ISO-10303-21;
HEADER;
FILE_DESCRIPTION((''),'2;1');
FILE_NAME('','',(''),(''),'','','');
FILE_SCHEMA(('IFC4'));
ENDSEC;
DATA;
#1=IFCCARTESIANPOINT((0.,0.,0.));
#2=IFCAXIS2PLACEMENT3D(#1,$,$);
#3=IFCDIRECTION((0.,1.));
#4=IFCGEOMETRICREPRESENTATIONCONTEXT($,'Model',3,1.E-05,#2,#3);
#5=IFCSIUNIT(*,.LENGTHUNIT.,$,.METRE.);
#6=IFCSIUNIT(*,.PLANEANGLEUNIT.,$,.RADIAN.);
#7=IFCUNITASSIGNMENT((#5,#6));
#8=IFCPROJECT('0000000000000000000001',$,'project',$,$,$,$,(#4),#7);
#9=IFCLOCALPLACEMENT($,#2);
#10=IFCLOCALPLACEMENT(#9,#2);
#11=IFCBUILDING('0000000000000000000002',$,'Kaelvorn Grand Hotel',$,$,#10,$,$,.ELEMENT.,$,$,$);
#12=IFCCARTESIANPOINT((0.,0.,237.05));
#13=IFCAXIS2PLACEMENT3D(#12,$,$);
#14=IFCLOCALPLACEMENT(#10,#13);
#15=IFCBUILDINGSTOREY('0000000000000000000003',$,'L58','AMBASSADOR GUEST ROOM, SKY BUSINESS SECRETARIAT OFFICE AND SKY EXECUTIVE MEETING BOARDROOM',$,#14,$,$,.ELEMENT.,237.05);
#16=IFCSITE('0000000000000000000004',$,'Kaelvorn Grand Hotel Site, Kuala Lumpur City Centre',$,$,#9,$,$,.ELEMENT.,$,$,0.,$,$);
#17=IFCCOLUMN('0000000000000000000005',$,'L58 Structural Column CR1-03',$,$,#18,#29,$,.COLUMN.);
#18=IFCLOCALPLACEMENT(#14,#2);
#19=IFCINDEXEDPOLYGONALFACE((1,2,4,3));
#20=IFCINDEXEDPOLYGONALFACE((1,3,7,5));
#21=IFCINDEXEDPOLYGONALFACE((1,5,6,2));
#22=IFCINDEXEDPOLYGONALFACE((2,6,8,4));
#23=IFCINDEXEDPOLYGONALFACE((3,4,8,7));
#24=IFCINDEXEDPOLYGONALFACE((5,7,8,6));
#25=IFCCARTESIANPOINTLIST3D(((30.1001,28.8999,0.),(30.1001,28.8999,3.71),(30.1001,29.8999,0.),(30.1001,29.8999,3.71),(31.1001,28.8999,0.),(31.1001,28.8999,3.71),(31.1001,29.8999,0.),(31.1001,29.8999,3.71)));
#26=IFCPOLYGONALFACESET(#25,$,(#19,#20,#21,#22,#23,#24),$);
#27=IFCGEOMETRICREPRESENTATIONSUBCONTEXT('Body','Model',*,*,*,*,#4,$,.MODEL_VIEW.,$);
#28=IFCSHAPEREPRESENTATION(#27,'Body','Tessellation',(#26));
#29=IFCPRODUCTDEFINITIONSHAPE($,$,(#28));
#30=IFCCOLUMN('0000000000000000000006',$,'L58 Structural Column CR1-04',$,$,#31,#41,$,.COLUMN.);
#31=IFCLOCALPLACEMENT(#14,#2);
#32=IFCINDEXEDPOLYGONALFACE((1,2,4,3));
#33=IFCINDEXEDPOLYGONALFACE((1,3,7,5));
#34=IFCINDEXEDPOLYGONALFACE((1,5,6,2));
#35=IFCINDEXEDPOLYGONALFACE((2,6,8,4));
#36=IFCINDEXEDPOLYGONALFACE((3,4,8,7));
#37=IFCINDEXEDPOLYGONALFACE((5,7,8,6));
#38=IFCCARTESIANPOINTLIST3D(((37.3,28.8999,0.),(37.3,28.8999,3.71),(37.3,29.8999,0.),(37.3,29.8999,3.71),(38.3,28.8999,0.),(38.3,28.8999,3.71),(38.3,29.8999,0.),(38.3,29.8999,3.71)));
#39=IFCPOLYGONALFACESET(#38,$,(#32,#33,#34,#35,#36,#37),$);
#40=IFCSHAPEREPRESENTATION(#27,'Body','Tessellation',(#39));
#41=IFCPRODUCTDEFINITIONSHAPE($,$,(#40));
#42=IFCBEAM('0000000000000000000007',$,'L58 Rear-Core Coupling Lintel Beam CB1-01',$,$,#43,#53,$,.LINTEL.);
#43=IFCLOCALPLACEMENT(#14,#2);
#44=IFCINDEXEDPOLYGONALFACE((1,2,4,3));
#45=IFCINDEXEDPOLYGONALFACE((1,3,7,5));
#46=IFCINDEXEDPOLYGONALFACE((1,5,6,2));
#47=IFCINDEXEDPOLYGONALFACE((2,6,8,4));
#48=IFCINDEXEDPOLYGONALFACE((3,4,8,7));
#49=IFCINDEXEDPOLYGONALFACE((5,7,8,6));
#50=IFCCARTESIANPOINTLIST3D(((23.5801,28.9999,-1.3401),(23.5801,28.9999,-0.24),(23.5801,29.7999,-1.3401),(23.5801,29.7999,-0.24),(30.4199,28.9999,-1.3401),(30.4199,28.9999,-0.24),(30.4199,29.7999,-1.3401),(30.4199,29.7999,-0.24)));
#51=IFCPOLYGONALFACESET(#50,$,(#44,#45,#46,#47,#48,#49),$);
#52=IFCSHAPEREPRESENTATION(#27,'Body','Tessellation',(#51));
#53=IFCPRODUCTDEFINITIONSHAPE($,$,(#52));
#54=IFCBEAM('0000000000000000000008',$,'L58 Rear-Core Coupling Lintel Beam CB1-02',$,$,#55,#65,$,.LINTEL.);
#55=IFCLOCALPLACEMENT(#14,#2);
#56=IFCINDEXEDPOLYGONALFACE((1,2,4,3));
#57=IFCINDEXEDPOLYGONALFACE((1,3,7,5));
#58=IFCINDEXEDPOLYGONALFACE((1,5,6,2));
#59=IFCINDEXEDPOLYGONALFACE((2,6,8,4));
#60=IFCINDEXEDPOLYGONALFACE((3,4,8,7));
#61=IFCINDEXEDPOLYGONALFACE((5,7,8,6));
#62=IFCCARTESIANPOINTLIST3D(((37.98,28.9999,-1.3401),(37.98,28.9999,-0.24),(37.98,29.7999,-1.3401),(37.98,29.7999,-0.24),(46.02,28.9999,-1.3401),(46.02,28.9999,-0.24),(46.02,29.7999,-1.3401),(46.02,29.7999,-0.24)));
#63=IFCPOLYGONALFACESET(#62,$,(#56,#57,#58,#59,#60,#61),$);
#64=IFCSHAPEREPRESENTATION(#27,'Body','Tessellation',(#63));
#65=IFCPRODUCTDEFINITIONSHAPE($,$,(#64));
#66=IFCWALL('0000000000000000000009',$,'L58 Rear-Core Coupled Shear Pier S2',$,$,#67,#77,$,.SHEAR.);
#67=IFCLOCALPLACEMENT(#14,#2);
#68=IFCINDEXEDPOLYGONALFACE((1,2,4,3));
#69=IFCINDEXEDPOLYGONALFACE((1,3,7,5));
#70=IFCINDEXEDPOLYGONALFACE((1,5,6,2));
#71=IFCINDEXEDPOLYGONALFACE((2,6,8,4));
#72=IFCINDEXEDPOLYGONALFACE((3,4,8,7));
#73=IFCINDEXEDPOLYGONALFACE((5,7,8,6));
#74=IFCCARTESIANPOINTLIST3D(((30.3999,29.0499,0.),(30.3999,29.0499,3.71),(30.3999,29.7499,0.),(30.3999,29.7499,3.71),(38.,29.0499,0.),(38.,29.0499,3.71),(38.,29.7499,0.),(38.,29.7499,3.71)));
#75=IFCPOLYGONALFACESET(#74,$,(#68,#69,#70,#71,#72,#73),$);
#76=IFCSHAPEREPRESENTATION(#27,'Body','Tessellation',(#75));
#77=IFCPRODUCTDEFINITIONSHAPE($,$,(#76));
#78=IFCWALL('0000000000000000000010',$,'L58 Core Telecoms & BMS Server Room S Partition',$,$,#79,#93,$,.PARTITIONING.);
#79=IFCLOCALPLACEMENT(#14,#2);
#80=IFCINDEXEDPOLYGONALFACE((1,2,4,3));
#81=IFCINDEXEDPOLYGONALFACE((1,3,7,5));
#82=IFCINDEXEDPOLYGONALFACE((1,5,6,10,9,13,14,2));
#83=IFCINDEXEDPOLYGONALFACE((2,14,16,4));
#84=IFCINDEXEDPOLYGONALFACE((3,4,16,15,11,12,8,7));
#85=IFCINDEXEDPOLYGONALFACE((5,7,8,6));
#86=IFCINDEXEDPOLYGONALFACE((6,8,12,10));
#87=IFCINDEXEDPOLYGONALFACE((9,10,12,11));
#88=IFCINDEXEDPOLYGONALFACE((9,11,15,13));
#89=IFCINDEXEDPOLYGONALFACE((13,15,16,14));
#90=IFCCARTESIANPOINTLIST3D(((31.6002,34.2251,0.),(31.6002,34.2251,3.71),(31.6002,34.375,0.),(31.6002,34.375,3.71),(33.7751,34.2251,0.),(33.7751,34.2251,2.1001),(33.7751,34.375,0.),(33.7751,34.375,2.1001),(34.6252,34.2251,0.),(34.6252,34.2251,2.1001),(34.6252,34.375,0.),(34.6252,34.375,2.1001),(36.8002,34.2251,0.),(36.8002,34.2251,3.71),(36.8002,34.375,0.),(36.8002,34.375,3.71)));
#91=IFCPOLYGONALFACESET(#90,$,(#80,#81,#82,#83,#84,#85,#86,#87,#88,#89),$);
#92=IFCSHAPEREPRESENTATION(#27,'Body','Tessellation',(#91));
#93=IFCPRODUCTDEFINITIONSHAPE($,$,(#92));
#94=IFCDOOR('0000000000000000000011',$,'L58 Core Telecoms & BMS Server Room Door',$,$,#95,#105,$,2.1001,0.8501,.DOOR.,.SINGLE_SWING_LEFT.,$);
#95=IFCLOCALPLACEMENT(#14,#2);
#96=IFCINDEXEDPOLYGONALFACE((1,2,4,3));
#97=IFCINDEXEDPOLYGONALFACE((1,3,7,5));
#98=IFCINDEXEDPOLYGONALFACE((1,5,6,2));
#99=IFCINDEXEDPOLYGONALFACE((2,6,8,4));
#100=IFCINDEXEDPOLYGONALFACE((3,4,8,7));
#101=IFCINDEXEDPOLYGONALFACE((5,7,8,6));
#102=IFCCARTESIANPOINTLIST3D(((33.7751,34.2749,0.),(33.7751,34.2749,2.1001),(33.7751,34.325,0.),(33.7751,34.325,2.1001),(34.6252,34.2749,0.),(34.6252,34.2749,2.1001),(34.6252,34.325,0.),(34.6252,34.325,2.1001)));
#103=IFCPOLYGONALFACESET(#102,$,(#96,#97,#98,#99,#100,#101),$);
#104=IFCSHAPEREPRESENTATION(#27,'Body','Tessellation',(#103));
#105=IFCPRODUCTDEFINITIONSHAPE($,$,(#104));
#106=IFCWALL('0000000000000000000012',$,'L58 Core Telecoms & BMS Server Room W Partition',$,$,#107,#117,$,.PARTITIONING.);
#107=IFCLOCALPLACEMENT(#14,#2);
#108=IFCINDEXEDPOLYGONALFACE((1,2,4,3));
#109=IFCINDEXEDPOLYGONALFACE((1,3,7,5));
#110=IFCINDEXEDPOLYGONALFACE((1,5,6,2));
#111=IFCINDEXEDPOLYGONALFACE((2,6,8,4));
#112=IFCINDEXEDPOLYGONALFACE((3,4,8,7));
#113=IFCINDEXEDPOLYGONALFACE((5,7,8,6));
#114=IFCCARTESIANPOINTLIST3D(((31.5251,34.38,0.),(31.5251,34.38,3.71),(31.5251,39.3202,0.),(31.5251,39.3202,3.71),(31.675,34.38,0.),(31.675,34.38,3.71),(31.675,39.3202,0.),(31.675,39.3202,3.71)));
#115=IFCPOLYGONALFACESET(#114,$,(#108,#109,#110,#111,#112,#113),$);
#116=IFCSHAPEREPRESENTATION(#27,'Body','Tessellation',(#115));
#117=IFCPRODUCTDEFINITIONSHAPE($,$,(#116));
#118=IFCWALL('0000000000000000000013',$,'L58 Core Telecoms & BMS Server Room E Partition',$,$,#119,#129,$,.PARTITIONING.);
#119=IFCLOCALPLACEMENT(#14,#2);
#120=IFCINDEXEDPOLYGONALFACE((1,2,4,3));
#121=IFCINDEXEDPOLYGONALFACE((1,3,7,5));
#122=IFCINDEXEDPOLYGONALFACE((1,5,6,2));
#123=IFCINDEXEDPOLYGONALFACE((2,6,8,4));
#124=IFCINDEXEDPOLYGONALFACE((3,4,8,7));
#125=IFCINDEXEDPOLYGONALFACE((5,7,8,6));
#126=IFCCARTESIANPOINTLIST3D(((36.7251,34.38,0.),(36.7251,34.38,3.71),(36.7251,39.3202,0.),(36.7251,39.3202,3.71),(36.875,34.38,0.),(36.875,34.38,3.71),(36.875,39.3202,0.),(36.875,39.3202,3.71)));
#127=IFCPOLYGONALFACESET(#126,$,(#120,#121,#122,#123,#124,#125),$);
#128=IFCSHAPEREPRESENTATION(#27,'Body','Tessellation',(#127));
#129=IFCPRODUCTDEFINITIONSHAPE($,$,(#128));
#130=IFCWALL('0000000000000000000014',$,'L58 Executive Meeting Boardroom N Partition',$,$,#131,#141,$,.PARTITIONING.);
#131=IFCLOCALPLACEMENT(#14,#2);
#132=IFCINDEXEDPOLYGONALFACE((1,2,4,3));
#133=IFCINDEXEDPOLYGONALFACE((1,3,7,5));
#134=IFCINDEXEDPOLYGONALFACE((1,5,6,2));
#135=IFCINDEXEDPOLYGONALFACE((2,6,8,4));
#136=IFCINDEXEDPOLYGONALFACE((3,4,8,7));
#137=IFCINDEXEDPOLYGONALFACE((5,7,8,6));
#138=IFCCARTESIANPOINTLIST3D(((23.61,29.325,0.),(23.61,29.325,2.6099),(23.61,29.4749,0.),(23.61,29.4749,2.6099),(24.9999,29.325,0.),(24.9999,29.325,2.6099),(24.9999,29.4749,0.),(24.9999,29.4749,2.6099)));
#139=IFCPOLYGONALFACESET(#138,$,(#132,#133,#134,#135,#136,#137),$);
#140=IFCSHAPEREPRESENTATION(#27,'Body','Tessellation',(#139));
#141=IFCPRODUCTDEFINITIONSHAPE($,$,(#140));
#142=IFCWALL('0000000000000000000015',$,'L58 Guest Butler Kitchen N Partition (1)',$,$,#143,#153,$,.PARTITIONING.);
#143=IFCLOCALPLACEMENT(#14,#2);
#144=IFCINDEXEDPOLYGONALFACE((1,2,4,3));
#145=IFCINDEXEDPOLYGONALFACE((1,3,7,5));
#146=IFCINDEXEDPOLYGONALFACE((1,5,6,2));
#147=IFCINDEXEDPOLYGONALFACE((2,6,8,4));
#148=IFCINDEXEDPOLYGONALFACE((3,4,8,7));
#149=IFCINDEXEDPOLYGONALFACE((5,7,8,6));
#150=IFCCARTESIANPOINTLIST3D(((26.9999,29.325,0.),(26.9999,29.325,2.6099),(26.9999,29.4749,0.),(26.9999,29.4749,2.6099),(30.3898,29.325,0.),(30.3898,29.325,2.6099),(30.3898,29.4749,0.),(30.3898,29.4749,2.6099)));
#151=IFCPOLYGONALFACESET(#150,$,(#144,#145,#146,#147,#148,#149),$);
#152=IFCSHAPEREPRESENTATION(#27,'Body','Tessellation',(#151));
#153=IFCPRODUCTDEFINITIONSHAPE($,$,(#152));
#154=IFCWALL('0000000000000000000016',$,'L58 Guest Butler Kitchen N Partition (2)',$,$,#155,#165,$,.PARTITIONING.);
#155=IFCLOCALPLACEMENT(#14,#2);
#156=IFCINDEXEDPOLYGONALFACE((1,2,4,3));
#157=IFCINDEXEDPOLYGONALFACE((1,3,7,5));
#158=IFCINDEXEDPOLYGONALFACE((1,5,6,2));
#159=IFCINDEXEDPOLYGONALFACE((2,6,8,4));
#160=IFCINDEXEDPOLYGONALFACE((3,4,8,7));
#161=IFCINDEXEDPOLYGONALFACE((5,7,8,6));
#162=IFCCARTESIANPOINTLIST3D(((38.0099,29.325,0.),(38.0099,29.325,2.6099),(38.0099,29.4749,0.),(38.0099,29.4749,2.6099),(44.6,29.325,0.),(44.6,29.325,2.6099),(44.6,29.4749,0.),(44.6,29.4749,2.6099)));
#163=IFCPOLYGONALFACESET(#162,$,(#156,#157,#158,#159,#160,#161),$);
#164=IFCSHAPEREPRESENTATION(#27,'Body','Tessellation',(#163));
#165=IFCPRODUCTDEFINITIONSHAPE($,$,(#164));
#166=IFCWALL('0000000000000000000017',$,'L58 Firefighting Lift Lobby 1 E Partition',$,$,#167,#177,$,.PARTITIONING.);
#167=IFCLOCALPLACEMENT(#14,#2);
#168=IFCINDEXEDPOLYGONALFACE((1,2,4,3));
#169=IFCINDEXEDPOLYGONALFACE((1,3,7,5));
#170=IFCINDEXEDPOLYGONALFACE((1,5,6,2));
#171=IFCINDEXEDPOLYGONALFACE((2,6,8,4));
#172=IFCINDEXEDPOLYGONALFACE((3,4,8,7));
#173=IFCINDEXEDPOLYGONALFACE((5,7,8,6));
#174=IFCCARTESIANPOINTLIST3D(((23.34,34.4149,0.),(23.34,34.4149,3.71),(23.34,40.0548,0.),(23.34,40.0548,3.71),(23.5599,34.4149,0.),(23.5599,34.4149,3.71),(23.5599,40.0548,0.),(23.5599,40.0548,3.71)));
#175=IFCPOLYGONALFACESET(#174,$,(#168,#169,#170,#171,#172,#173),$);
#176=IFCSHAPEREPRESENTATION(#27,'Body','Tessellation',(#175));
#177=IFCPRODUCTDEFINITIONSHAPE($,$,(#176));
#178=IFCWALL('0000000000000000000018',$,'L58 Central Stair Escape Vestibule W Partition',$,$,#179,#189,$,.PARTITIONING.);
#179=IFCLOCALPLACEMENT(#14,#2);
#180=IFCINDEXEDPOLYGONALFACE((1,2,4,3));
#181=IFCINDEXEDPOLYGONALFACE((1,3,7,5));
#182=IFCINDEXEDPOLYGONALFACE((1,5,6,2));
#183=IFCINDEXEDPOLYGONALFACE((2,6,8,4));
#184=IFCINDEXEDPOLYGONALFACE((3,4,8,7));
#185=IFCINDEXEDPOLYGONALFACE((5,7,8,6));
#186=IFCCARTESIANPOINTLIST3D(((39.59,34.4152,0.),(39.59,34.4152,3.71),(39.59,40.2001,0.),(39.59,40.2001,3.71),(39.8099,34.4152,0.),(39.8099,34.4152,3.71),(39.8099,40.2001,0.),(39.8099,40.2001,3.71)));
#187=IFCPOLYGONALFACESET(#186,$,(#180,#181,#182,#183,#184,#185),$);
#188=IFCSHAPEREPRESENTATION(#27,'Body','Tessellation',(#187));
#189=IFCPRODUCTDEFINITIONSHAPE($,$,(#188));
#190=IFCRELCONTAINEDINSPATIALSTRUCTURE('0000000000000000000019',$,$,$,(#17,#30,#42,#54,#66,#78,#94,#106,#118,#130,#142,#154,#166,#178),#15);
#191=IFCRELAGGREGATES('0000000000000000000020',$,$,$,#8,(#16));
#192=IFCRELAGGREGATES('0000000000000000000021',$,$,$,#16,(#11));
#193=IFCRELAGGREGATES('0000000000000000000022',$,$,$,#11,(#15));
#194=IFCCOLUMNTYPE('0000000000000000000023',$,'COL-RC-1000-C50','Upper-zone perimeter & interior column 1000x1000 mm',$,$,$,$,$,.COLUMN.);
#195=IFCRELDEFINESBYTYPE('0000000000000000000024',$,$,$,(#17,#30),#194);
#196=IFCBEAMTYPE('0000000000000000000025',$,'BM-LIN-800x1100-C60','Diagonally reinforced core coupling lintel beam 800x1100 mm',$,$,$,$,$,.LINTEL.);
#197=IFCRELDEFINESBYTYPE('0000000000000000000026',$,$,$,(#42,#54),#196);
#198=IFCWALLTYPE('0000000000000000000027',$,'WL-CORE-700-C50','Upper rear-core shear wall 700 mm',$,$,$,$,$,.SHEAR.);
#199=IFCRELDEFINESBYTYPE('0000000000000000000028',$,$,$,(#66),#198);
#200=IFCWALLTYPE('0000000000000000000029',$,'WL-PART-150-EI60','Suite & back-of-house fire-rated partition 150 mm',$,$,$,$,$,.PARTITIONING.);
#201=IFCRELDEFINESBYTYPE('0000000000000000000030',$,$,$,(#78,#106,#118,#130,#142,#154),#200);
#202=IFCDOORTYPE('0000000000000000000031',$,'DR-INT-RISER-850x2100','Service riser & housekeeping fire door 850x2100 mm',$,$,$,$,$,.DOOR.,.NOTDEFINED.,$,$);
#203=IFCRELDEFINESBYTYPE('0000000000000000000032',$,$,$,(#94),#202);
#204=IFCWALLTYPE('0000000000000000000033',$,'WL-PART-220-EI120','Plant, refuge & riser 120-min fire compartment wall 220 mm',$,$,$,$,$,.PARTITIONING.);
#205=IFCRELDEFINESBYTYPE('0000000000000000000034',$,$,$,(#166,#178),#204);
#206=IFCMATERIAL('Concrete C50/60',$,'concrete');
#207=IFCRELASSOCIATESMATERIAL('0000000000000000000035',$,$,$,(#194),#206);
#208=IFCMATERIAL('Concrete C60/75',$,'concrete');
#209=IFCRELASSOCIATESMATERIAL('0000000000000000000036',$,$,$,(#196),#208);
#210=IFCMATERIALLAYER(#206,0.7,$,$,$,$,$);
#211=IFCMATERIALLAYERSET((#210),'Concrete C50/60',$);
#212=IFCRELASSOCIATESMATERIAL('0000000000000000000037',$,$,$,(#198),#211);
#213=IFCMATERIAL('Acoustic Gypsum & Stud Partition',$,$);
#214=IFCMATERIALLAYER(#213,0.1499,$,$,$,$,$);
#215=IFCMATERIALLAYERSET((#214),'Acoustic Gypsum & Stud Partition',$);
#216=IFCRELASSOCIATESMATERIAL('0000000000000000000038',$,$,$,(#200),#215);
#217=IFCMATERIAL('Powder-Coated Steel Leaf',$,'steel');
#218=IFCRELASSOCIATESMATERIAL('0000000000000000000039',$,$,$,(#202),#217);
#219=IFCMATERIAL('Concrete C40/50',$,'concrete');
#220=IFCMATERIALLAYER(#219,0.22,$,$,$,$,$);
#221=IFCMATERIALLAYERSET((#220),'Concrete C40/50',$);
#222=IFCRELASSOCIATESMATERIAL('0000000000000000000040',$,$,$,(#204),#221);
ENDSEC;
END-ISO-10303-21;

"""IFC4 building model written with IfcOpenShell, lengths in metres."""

from ifc_helpers import new_model, si_unit, direction, frame, frame_2d, origin, origin_2d, place, context, subcontext, project, spatial, rectangle, extrude, material, layer, layer_set, material_profile, profile_set, type_object, element, fill, save


model = new_model("IFC4")

# Units and contexts
model_context = context("Model", 3, precision=1e-05, world=origin(), true_north=direction((0.0, 1.0)))
body_context = subcontext(model_context, "Body", "Model", "MODEL_VIEW")
ifc_project = project(units=[si_unit("LENGTHUNIT", "METRE"), si_unit("PLANEANGLEUNIT", "RADIAN")], contexts=[model_context])

# Site, building, storey
site_placement = place(None, origin())
site = spatial("IfcSite", under=ifc_project, at=site_placement, Name="Kaelvorn Grand Hotel Site, Kuala Lumpur City Centre", CompositionType="ELEMENT", RefElevation=0.0)
building_placement = place(site_placement, origin())
building = spatial("IfcBuilding", under=site, at=building_placement, Name="Kaelvorn Grand Hotel", CompositionType="ELEMENT")
storey_placement = place(building_placement, frame((0.0, 0.0, 237.05)))
storey = spatial("IfcBuildingStorey", under=building, at=storey_placement, Name="L58", Description="AMBASSADOR GUEST ROOM, SKY BUSINESS SECRETARIAT OFFICE AND SKY EXECUTIVE MEETING BOARDROOM", CompositionType="ELEMENT", Elevation=237.05)

# Columns
ifc_material_1 = material(Name="Concrete C50/60", Category="concrete")
ifc_material_profile_1 = material_profile(ifc_material_1, rectangle(XDim=1.0, YDim=1.0, at=origin_2d()), Name="RC COL 1000x1000")
ifc_profile_set_1 = profile_set([ifc_material_profile_1], Name="Concrete C50/60")
column_type = type_object("IfcColumnType", Name="COL-RC-1000-C50", Description="Upper-zone perimeter & interior column 1000x1000 mm", PredefinedType="COLUMN", material=ifc_profile_set_1)
for number, where, z_axis, x_axis, name in (
    (1, (30.6001, 29.3999, 0.0), (0.0, 0.0, 1.0), (1.0, 0.0, 0.0), "L58 Structural Column CR1-03"),
    (2, (37.8, 29.3999, 0.0), (0.0, 0.0, 1.0), (1.0, 0.0, 0.0), "L58 Structural Column CR1-04"),
):
    element("IfcColumn", number, at=place(storey_placement, frame(where, z_axis=z_axis, x_axis=x_axis)), inside=storey, type_object=column_type, Name=name, PredefinedType="COLUMN", context=body_context, shape_type="SweptSolid", body=[
        extrude(rectangle(XDim=1.0, YDim=1.0, at=origin_2d()), origin(), (0.0, 0.0, 1.0), 3.71),
    ])

# Beams
ifc_material_2 = material(Name="Concrete C60/75", Category="concrete")
ifc_material_profile_2 = material_profile(ifc_material_2, rectangle(XDim=0.8, YDim=1.1001, at=origin_2d()), Name="RC LINTEL 800x1100")
ifc_profile_set_2 = profile_set([ifc_material_profile_2], Name="Concrete C60/75")
beam_type = type_object("IfcBeamType", Name="BM-LIN-800x1100-C60", Description="Diagonally reinforced core coupling lintel beam 800x1100 mm", PredefinedType="LINTEL", material=ifc_profile_set_2)
beam_1_placement = place(storey_placement, frame((23.5801, 29.3999, -0.79), z_axis=(1.0, 0.0, 0.0), x_axis=(0.0, 1.0, 0.0)))
element("IfcBeam", 3, at=beam_1_placement, inside=storey, type_object=beam_type, Name="L58 Rear-Core Coupling Lintel Beam CB1-01", PredefinedType="LINTEL", context=body_context, shape_type="SweptSolid", body=[
    extrude(rectangle(XDim=0.8, YDim=1.1001, at=origin_2d()), origin(), (0.0, 0.0, 1.0), 6.8398),
])
beam_2_placement = place(storey_placement, frame((37.98, 29.3999, -0.79), z_axis=(1.0, 0.0, 0.0), x_axis=(0.0, 1.0, 0.0)))
element("IfcBeam", 4, at=beam_2_placement, inside=storey, type_object=beam_type, Name="L58 Rear-Core Coupling Lintel Beam CB1-02", PredefinedType="LINTEL", context=body_context, shape_type="SweptSolid", body=[
    extrude(rectangle(XDim=0.8, YDim=1.1001, at=origin_2d()), origin(), (0.0, 0.0, 1.0), 8.04),
])

# Wall
ifc_layer_1 = layer(ifc_material_1, 0.7)
ifc_layer_set_1 = layer_set([ifc_layer_1], Name="Concrete C50/60")
wall_type_1 = type_object("IfcWallType", Name="WL-CORE-700-C50", Description="Upper rear-core shear wall 700 mm", PredefinedType="SHEAR", material=ifc_layer_set_1)
wall_1_placement = place(storey_placement, frame((30.3999, 29.3999, 0.0), z_axis=(0.0, 0.0, 1.0), x_axis=(1.0, 0.0, 0.0)))
element("IfcWall", 5, at=wall_1_placement, inside=storey, type_object=wall_type_1, Name="L58 Rear-Core Coupled Shear Pier S2", PredefinedType="SHEAR", context=body_context, shape_type="SweptSolid", body=[
    extrude(rectangle(XDim=7.6001, YDim=0.7, at=frame_2d((3.8, 0.0))), origin(), (0.0, 0.0, 1.0), 3.71),
])

# Wall, opening, door
ifc_material_3 = material(Name="Acoustic Gypsum & Stud Partition")
ifc_layer_2 = layer(ifc_material_3, 0.1499)
ifc_layer_set_2 = layer_set([ifc_layer_2], Name="Acoustic Gypsum & Stud Partition")
wall_type_2 = type_object("IfcWallType", Name="WL-PART-150-EI60", Description="Suite & back-of-house fire-rated partition 150 mm", PredefinedType="PARTITIONING", material=ifc_layer_set_2)
wall_2_placement = place(storey_placement, frame((31.6001, 34.3, 0.0), z_axis=(0.0, 0.0, 1.0), x_axis=(1.0, 0.0, 0.0)))
wall_2 = element("IfcWall", 6, at=wall_2_placement, inside=storey, type_object=wall_type_2, Name="L58 Core Telecoms & BMS Server Room S Partition", PredefinedType="PARTITIONING", context=body_context, shape_type="SweptSolid", body=[
    extrude(rectangle(XDim=5.2, YDim=0.1499, at=frame_2d((2.6001, 0.0))), origin(), (0.0, 0.0, 1.0), 3.71),
])
opening_1_placement = place(wall_2_placement, frame((2.175, 0.0, 0.0)))
opening_1 = element("IfcOpeningElement", 7, at=opening_1_placement, cuts=wall_2, PredefinedType="OPENING", context=body_context, shape_type="SweptSolid", body=[
    extrude(rectangle(XDim=0.8501, YDim=2.1001, at=frame_2d((0.425, 1.05))), frame((0.0, 0.085, 0.0), z_axis=(0.0, -1.0, 0.0), x_axis=(1.0, 0.0, 0.0)), (0.0, 0.0, 1.0), 0.1699),
])
ifc_material_4 = material(Name="Powder-Coated Steel Leaf", Category="steel")
door_type_1 = type_object("IfcDoorType", Name="DR-INT-RISER-850x2100", Description="Service riser & housekeeping fire door 850x2100 mm", OperationType="NOTDEFINED", PredefinedType="DOOR", material=ifc_material_4)
door_1_placement = place(opening_1_placement, origin())
door_1 = element("IfcDoor", 8, at=door_1_placement, inside=storey, type_object=door_type_1, Name="L58 Core Telecoms & BMS Server Room Door", OperationType="SINGLE_SWING_LEFT", OverallHeight=2.1001, OverallWidth=0.8501, PredefinedType="DOOR", context=body_context, shape_type="SweptSolid", body=[
    extrude(rectangle(XDim=0.8501, YDim=2.1001, at=frame_2d((0.425, 1.05))), frame((0.0, 0.0249, 0.0), z_axis=(0.0, -1.0, 0.0), x_axis=(1.0, 0.0, 0.0)), (0.0, 0.0, 1.0), 0.05),
])
fill(opening_1, door_1)

# Walls
for number, where, z_axis, x_axis, name in (
    (9, (31.6001, 34.3799, 0.0), (0.0, 0.0, 1.0), (0.0, 1.0, 0.0), "L58 Core Telecoms & BMS Server Room W Partition"),
    (10, (36.8, 34.3799, 0.0), (0.0, 0.0, 1.0), (0.0, 1.0, 0.0), "L58 Core Telecoms & BMS Server Room E Partition"),
):
    element("IfcWall", number, at=place(storey_placement, frame(where, z_axis=z_axis, x_axis=x_axis)), inside=storey, type_object=wall_type_2, Name=name, PredefinedType="PARTITIONING", context=body_context, shape_type="SweptSolid", body=[
        extrude(rectangle(XDim=4.9402, YDim=0.1499, at=frame_2d((2.4702, 0.0))), origin(), (0.0, 0.0, 1.0), 3.71),
    ])
wall_3_placement = place(storey_placement, frame((23.6101, 29.3999, 0.0), z_axis=(0.0, 0.0, 1.0), x_axis=(1.0, 0.0, 0.0)))
element("IfcWall", 11, at=wall_3_placement, inside=storey, type_object=wall_type_2, Name="L58 Executive Meeting Boardroom N Partition", PredefinedType="PARTITIONING", context=body_context, shape_type="SweptSolid", body=[
    extrude(rectangle(XDim=1.3899, YDim=0.1499, at=frame_2d((0.6948, 0.0))), origin(), (0.0, 0.0, 1.0), 2.6099),
])
wall_4_placement = place(storey_placement, frame((27.0, 29.3999, 0.0), z_axis=(0.0, 0.0, 1.0), x_axis=(1.0, 0.0, 0.0)))
element("IfcWall", 12, at=wall_4_placement, inside=storey, type_object=wall_type_2, Name="L58 Guest Butler Kitchen N Partition (1)", PredefinedType="PARTITIONING", context=body_context, shape_type="SweptSolid", body=[
    extrude(rectangle(XDim=3.3899, YDim=0.1499, at=frame_2d((1.6948, 0.0))), origin(), (0.0, 0.0, 1.0), 2.6099),
])
wall_5_placement = place(storey_placement, frame((38.01, 29.3999, 0.0), z_axis=(0.0, 0.0, 1.0), x_axis=(1.0, 0.0, 0.0)))
element("IfcWall", 13, at=wall_5_placement, inside=storey, type_object=wall_type_2, Name="L58 Guest Butler Kitchen N Partition (2)", PredefinedType="PARTITIONING", context=body_context, shape_type="SweptSolid", body=[
    extrude(rectangle(XDim=6.5901, YDim=0.1499, at=frame_2d((3.2949, 0.0))), origin(), (0.0, 0.0, 1.0), 2.6099),
])
ifc_material_5 = material(Name="Concrete C40/50", Category="concrete")
ifc_layer_3 = layer(ifc_material_5, 0.22)
ifc_layer_set_3 = layer_set([ifc_layer_3], Name="Concrete C40/50")
wall_type_3 = type_object("IfcWallType", Name="WL-PART-220-EI120", Description="Plant, refuge & riser 120-min fire compartment wall 220 mm", PredefinedType="PARTITIONING", material=ifc_layer_set_3)
wall_6_placement = place(storey_placement, frame((23.45, 34.415, 0.0), z_axis=(0.0, 0.0, 1.0), x_axis=(0.0, 1.0, 0.0)))
element("IfcWall", 14, at=wall_6_placement, inside=storey, type_object=wall_type_3, Name="L58 Firefighting Lift Lobby 1 E Partition", PredefinedType="PARTITIONING", context=body_context, shape_type="SweptSolid", body=[
    extrude(rectangle(XDim=5.6399, YDim=0.22, at=frame_2d((2.8198, 0.0))), origin(), (0.0, 0.0, 1.0), 3.71),
])

# Wall
wall_7_placement = place(storey_placement, frame((39.7, 34.415, 0.0), z_axis=(0.0, 0.0, 1.0), x_axis=(0.0, 1.0, 0.0)))
element("IfcWall", 15, at=wall_7_placement, inside=storey, type_object=wall_type_3, Name="L58 Central Stair Escape Vestibule W Partition", PredefinedType="PARTITIONING", context=body_context, shape_type="SweptSolid", body=[
    extrude(rectangle(XDim=5.7849, YDim=0.22, at=frame_2d((2.8926, 0.0))), origin(), (0.0, 0.0, 1.0), 3.71),
])

save(model, "model.ifc")
